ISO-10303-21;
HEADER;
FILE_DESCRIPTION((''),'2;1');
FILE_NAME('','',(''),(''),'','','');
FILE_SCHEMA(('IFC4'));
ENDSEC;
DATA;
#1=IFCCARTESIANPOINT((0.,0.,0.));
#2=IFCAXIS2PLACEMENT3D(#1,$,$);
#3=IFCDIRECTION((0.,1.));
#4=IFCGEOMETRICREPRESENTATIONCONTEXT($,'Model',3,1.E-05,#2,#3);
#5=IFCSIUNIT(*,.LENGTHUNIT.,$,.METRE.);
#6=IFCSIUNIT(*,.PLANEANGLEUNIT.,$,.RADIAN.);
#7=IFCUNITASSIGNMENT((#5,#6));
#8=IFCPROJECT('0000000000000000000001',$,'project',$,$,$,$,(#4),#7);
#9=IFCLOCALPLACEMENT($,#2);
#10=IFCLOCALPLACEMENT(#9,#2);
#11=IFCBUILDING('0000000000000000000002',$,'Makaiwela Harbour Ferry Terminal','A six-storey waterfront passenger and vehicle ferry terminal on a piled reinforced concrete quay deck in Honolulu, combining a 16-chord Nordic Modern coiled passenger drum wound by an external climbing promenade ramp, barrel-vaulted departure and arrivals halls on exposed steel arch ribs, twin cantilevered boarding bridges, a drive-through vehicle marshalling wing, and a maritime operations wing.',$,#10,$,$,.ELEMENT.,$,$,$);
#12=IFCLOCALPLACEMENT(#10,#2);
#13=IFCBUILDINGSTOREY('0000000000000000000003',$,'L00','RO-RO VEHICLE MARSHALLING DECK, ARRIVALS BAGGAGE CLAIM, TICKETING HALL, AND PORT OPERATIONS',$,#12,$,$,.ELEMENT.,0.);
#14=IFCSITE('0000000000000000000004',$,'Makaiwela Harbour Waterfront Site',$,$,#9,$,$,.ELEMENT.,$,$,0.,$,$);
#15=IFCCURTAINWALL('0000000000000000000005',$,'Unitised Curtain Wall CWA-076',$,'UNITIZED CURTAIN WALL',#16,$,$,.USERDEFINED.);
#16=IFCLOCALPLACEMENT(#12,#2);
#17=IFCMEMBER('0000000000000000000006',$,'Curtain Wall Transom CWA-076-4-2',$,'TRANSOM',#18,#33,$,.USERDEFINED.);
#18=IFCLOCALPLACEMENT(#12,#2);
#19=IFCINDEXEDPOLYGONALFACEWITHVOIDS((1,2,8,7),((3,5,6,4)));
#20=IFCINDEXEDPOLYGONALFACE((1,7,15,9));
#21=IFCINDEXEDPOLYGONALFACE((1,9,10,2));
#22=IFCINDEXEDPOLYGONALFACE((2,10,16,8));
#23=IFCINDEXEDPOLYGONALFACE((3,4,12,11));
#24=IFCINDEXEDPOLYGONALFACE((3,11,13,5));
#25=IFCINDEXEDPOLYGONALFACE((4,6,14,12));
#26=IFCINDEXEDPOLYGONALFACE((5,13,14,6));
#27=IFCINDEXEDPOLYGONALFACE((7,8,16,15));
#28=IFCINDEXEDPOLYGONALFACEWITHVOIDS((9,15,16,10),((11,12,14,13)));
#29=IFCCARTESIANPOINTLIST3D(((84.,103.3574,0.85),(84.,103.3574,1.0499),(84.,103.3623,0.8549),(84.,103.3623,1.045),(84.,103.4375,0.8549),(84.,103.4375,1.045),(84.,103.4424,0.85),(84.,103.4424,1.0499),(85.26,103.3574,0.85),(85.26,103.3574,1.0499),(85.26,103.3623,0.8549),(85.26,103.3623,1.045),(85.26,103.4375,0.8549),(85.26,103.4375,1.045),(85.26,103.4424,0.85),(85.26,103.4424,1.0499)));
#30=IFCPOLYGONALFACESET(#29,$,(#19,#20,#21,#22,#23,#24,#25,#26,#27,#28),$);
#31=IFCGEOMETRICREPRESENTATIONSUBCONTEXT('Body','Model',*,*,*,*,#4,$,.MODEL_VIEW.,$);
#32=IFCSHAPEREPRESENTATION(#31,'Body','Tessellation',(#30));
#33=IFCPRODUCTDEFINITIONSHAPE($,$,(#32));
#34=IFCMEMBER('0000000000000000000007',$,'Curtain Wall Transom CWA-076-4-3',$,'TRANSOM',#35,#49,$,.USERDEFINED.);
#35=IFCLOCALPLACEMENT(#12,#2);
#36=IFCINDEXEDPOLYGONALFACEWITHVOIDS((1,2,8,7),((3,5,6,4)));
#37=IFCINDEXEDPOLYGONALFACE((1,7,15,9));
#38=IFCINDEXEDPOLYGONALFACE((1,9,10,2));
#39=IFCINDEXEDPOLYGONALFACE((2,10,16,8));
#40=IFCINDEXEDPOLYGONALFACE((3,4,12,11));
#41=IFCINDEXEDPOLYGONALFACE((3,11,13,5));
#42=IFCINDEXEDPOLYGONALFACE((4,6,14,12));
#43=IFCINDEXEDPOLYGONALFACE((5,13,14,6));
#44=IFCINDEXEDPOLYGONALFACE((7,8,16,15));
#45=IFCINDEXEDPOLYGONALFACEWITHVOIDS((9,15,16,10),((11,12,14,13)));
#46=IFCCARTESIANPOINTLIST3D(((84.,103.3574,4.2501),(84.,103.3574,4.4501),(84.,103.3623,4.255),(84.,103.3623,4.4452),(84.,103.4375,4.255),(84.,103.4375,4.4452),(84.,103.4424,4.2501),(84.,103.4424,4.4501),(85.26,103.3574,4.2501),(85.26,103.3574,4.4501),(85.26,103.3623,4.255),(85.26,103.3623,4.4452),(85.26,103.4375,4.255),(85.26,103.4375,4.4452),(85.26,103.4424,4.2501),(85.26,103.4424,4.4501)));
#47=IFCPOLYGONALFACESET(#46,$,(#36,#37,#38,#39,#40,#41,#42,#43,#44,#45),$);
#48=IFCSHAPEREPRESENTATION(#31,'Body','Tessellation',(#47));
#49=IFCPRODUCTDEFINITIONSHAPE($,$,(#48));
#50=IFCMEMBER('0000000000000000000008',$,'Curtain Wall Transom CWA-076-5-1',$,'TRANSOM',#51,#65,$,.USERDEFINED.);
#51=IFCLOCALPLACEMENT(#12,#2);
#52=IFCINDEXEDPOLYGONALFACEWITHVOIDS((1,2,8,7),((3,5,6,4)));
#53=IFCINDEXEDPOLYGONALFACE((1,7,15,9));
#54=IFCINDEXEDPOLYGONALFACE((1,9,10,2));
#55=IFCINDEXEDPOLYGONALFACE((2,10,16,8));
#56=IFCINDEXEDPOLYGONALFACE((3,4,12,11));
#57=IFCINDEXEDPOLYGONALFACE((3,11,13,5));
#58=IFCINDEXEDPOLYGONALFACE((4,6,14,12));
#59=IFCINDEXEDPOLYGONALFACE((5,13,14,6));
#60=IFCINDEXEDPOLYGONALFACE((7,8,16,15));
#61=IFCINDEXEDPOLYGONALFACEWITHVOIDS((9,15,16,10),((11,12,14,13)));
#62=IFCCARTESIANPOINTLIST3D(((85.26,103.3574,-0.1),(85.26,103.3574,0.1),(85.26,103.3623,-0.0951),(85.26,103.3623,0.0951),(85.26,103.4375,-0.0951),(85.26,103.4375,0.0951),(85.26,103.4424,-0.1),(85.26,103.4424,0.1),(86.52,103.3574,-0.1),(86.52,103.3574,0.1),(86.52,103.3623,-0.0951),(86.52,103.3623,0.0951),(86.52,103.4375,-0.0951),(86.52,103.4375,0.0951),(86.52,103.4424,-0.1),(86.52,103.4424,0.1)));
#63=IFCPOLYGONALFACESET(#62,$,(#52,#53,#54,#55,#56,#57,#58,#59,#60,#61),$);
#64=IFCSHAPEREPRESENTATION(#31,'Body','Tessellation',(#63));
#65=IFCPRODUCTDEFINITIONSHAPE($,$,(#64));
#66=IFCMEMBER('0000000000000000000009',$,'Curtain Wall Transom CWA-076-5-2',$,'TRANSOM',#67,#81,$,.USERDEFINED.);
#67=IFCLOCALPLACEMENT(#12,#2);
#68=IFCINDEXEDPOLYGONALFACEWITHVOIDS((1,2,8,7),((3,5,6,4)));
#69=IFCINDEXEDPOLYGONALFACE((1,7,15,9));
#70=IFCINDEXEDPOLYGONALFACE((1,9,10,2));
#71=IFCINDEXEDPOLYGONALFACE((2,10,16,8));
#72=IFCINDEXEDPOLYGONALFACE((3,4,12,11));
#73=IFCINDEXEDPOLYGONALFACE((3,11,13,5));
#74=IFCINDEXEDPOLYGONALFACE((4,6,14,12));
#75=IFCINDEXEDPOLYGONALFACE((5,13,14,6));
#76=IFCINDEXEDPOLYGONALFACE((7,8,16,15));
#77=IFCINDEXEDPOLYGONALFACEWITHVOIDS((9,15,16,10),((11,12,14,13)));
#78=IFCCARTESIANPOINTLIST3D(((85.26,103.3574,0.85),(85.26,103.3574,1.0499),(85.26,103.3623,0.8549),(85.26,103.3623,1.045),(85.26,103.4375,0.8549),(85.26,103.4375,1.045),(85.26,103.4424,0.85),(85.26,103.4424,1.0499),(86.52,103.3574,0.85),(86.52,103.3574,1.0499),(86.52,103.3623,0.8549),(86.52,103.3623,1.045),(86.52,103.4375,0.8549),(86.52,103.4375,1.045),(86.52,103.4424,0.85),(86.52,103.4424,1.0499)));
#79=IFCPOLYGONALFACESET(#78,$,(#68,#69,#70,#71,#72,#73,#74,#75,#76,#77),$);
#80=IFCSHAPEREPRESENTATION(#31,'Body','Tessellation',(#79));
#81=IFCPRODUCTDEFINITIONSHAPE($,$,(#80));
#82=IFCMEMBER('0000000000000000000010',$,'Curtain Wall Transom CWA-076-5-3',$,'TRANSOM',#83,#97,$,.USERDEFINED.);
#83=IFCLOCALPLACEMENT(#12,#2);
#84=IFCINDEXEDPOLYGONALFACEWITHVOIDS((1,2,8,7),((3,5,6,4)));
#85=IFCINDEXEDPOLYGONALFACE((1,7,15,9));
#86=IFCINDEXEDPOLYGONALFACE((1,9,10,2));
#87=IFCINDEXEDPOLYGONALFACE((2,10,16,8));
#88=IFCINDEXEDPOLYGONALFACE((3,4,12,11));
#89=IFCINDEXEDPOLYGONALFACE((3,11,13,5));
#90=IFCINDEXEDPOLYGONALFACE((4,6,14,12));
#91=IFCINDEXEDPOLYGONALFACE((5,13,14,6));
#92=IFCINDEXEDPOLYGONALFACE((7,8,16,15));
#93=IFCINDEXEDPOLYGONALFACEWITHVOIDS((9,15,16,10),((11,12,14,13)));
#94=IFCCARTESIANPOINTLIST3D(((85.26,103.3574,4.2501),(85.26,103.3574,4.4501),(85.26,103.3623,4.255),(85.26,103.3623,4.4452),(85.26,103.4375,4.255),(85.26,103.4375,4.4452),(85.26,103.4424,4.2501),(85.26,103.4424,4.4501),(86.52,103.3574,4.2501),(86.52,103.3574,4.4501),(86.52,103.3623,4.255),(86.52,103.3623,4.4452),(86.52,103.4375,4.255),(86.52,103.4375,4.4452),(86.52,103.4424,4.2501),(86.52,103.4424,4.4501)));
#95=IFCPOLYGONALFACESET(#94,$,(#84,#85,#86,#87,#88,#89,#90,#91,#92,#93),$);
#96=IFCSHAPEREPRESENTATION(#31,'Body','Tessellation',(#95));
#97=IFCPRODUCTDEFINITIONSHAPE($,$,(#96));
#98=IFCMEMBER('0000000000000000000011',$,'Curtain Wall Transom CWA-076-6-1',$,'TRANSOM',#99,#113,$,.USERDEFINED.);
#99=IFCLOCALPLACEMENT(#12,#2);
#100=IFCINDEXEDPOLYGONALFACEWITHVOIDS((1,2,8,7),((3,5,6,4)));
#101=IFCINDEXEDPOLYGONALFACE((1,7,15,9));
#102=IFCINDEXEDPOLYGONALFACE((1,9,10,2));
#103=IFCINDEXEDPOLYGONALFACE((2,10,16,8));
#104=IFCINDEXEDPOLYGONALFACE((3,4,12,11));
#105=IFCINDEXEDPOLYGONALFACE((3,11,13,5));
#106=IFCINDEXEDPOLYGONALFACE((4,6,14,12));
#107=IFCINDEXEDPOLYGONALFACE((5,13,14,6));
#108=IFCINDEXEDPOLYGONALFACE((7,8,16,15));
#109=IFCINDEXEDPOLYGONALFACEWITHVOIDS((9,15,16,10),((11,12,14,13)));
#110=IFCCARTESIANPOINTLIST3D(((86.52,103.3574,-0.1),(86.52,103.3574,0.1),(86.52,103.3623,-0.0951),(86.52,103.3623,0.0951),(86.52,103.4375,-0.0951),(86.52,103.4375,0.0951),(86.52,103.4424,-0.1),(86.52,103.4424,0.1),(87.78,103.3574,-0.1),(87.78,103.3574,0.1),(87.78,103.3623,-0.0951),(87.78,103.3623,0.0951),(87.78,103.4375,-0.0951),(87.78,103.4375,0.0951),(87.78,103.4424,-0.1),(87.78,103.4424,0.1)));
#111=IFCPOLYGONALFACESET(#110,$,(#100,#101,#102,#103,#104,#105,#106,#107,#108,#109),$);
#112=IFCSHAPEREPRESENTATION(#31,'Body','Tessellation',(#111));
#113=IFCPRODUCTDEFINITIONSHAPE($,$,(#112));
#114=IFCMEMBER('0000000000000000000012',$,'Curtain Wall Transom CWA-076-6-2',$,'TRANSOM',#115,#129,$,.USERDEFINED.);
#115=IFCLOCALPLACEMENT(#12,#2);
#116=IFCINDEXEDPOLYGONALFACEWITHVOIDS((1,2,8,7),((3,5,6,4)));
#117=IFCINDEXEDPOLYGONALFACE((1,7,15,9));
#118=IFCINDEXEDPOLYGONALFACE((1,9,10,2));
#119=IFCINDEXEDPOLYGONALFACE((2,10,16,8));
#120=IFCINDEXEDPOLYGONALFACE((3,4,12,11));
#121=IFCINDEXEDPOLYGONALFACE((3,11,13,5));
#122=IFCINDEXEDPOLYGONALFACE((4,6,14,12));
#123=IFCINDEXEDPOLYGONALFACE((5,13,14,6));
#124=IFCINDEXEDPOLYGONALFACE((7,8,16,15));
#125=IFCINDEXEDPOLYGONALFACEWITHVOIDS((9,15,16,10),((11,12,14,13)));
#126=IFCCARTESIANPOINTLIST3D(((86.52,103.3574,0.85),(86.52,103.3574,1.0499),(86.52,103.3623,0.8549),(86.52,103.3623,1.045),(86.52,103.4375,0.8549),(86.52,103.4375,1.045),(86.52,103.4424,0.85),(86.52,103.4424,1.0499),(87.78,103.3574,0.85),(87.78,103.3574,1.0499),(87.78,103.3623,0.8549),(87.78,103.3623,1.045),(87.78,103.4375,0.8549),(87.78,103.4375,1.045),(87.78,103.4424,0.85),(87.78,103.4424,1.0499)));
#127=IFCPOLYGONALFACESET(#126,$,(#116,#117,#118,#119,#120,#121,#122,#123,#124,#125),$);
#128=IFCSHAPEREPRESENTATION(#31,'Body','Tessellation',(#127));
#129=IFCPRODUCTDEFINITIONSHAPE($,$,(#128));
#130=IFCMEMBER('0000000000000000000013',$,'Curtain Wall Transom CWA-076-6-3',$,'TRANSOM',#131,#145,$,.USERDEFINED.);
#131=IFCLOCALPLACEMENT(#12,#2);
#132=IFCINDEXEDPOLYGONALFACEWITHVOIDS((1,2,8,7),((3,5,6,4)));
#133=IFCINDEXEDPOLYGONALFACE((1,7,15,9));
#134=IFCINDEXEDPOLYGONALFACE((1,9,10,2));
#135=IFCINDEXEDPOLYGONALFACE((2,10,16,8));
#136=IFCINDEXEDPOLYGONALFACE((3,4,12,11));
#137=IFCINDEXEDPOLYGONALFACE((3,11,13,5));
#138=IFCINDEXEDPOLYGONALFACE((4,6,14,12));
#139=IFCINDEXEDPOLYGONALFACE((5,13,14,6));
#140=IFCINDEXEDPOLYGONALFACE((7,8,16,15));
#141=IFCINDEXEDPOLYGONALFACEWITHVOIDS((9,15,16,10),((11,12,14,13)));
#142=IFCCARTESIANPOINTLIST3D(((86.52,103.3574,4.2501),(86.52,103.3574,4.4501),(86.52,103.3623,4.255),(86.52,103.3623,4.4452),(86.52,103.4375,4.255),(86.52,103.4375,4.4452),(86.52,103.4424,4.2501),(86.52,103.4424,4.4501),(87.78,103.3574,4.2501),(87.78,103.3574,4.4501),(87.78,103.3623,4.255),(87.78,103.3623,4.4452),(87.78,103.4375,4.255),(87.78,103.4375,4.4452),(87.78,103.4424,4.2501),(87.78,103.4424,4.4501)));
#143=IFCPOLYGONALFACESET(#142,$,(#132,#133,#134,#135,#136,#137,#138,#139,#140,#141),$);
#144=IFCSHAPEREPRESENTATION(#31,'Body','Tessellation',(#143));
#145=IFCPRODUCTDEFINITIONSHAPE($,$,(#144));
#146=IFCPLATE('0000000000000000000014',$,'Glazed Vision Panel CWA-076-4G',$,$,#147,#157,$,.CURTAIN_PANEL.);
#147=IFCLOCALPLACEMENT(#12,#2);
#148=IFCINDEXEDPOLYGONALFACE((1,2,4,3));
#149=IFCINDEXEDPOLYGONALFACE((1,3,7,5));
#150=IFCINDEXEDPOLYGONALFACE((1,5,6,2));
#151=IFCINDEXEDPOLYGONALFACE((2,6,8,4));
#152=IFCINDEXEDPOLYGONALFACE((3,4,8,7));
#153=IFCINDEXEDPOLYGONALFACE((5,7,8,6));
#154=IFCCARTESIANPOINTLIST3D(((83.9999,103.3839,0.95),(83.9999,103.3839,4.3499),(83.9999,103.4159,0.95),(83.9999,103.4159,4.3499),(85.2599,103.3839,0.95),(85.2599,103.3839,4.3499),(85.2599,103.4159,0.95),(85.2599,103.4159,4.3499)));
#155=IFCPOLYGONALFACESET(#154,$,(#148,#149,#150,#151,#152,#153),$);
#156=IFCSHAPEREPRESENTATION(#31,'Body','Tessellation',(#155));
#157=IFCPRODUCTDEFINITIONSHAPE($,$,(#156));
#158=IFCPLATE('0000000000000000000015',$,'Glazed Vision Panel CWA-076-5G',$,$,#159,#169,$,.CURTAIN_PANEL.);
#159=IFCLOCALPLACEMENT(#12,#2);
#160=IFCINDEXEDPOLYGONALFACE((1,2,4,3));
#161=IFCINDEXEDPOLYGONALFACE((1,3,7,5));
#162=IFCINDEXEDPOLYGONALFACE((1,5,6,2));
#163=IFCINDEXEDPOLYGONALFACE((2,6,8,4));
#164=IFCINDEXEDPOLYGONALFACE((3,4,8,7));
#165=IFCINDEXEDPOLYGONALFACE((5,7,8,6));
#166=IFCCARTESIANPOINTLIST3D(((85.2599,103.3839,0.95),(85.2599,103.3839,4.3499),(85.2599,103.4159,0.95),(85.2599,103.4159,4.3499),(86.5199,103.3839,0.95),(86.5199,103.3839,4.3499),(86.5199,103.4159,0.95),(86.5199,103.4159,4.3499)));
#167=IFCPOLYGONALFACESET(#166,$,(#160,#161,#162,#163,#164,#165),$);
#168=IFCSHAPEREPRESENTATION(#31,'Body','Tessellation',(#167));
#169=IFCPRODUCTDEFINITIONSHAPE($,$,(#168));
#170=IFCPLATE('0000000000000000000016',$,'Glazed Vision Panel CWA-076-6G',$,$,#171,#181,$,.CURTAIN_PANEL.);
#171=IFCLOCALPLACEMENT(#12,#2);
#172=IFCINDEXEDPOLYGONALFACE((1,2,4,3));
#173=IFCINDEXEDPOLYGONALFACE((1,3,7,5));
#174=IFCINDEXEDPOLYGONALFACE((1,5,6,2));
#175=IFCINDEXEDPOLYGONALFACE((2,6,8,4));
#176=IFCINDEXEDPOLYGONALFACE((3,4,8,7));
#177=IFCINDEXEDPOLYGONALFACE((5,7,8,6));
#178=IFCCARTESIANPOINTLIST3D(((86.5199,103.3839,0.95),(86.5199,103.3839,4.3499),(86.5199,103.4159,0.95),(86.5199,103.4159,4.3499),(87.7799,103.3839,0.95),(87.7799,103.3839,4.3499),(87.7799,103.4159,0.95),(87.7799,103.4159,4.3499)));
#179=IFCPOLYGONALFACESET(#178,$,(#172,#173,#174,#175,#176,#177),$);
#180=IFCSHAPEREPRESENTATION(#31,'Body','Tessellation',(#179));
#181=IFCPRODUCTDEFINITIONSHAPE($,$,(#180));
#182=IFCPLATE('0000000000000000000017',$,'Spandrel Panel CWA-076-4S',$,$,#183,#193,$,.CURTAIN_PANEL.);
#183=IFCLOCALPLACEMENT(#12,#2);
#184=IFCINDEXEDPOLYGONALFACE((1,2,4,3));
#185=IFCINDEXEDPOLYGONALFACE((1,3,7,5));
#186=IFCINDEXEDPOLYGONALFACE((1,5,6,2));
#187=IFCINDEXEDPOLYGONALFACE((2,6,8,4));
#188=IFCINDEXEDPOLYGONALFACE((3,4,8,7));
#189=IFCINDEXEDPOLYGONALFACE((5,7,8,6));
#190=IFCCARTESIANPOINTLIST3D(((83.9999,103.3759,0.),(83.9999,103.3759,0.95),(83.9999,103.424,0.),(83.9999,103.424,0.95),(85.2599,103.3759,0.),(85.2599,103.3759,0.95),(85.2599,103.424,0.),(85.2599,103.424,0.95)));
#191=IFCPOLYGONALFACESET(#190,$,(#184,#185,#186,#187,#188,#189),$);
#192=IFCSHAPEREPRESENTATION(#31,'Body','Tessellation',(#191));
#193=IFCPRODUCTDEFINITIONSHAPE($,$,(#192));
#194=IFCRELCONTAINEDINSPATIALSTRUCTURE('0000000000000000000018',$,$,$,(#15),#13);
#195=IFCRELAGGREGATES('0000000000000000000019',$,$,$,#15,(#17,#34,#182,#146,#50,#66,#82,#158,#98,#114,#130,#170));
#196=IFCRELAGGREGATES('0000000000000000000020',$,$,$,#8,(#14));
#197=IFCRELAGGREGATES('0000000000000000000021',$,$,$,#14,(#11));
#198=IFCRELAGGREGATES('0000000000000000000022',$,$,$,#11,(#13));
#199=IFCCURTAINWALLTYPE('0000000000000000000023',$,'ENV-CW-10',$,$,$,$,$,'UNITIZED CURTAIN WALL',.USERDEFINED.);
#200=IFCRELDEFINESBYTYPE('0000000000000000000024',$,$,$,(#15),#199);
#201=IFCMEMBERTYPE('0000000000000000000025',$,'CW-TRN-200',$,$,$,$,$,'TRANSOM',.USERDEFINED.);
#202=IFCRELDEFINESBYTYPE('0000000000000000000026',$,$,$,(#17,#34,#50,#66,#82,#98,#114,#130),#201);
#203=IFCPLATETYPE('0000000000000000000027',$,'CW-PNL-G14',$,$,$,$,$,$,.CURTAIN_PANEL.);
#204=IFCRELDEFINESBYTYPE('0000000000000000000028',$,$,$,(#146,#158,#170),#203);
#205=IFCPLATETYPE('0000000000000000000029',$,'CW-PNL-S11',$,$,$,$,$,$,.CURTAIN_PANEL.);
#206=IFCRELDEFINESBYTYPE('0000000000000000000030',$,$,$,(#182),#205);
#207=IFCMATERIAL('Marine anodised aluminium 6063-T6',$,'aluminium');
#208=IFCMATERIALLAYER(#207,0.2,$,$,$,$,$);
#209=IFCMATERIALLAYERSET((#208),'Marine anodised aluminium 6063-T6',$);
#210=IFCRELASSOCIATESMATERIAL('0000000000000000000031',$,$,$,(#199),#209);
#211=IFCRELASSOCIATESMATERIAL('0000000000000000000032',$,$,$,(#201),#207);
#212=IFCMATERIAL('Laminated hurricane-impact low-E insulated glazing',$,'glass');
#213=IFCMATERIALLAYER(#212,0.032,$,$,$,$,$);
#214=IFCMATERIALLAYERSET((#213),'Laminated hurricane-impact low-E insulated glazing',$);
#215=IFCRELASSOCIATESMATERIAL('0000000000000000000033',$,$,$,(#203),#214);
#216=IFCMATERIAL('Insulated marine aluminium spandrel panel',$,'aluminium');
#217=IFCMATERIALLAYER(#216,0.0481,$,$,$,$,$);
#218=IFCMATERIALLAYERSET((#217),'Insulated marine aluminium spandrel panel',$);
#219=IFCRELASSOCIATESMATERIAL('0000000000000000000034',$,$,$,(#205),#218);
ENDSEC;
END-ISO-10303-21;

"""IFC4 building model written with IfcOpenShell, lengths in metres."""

from ifc_helpers import new_model, si_unit, direction, frame, origin, origin_2d, place, context, subcontext, project, spatial, rectangle, hollow_rectangle, extrude, material, layer, layer_set, material_profile, profile_set, type_object, element, aggregate, save


model = new_model("IFC4")

# Units and contexts
model_context = context("Model", 3, precision=1e-05, world=origin(), true_north=direction((0.0, 1.0)))
body_context = subcontext(model_context, "Body", "Model", "MODEL_VIEW")
ifc_project = project(units=[si_unit("LENGTHUNIT", "METRE"), si_unit("PLANEANGLEUNIT", "RADIAN")], contexts=[model_context])

# Site, building, storey
site_placement = place(None, origin())
site = spatial("IfcSite", under=ifc_project, at=site_placement, Name="Makaiwela Harbour Waterfront Site", CompositionType="ELEMENT", RefElevation=0.0)
building_placement = place(site_placement, origin())
building = spatial("IfcBuilding", under=site, at=building_placement, Name="Makaiwela Harbour Ferry Terminal", Description="A six-storey waterfront passenger and vehicle ferry terminal on a piled reinforced concrete quay deck in Honolulu, combining a 16-chord Nordic Modern coiled passenger drum wound by an external climbing promenade ramp, barrel-vaulted departure and arrivals halls on exposed steel arch ribs, twin cantilevered boarding bridges, a drive-through vehicle marshalling wing, and a maritime operations wing.", CompositionType="ELEMENT")
storey_placement = place(building_placement, origin())
storey = spatial("IfcBuildingStorey", under=building, at=storey_placement, Name="L00", Description="RO-RO VEHICLE MARSHALLING DECK, ARRIVALS BAGGAGE CLAIM, TICKETING HALL, AND PORT OPERATIONS", CompositionType="ELEMENT", Elevation=0.0)

# Curtain wall, members, plates
ifc_material_1 = material(Name="Marine anodised aluminium 6063-T6", Category="aluminium")
ifc_layer_1 = layer(ifc_material_1, 0.2)
ifc_layer_set_1 = layer_set([ifc_layer_1], Name="Marine anodised aluminium 6063-T6")
curtain_wall_type = type_object("IfcCurtainWallType", Name="ENV-CW-10", ElementType="UNITIZED CURTAIN WALL", PredefinedType="USERDEFINED", material=ifc_layer_set_1)
curtain_wall_placement = place(storey_placement, origin())
curtain_wall = element("IfcCurtainWall", 1, at=curtain_wall_placement, inside=storey, type_object=curtain_wall_type, Name="Unitised Curtain Wall CWA-076", ObjectType="UNITIZED CURTAIN WALL", PredefinedType="USERDEFINED")
ifc_material_profile_1 = material_profile(ifc_material_1, hollow_rectangle(XDim=0.085, YDim=0.2, WallThickness=0.0049, at=origin_2d()), Name="CWT-200X85")
ifc_profile_set_1 = profile_set([ifc_material_profile_1], Name="Marine anodised aluminium 6063-T6")
member_type_1 = type_object("IfcMemberType", Name="CW-TRN-200", ElementType="TRANSOM", PredefinedType="USERDEFINED", material=ifc_profile_set_1)
member_1_placement = place(storey_placement, frame((84.0, 103.3999, 0.95), z_axis=(1.0, 0.0, 0.0), x_axis=(0.0, 1.0, 0.0)))
member_1 = element("IfcMember", 2, at=member_1_placement, type_object=member_type_1, Name="Curtain Wall Transom CWA-076-4-2", ObjectType="TRANSOM", PredefinedType="USERDEFINED", context=body_context, shape_type="SweptSolid", body=[
    extrude(hollow_rectangle(XDim=0.085, YDim=0.2, WallThickness=0.0049, at=origin_2d()), origin(), (0.0, 0.0, 1.0), 1.26),
])
member_2_placement = place(storey_placement, frame((84.0, 103.3999, 4.3501), z_axis=(1.0, 0.0, 0.0), x_axis=(0.0, 1.0, 0.0)))
member_2 = element("IfcMember", 3, at=member_2_placement, type_object=member_type_1, Name="Curtain Wall Transom CWA-076-4-3", ObjectType="TRANSOM", PredefinedType="USERDEFINED", context=body_context, shape_type="SweptSolid", body=[
    extrude(hollow_rectangle(XDim=0.085, YDim=0.2, WallThickness=0.0049, at=origin_2d()), origin(), (0.0, 0.0, 1.0), 1.26),
])
member_3_placement = place(storey_placement, frame((85.26, 103.3999, 0.0), z_axis=(1.0, 0.0, 0.0), x_axis=(0.0, 1.0, 0.0)))
member_3 = element("IfcMember", 4, at=member_3_placement, type_object=member_type_1, Name="Curtain Wall Transom CWA-076-5-1", ObjectType="TRANSOM", PredefinedType="USERDEFINED", context=body_context, shape_type="SweptSolid", body=[
    extrude(hollow_rectangle(XDim=0.085, YDim=0.2, WallThickness=0.0049, at=origin_2d()), origin(), (0.0, 0.0, 1.0), 1.26),
])
member_4_placement = place(storey_placement, frame((85.26, 103.3999, 0.95), z_axis=(1.0, 0.0, 0.0), x_axis=(0.0, 1.0, 0.0)))
member_4 = element("IfcMember", 5, at=member_4_placement, type_object=member_type_1, Name="Curtain Wall Transom CWA-076-5-2", ObjectType="TRANSOM", PredefinedType="USERDEFINED", context=body_context, shape_type="SweptSolid", body=[
    extrude(hollow_rectangle(XDim=0.085, YDim=0.2, WallThickness=0.0049, at=origin_2d()), origin(), (0.0, 0.0, 1.0), 1.26),
])
member_5_placement = place(storey_placement, frame((85.26, 103.3999, 4.3501), z_axis=(1.0, 0.0, 0.0), x_axis=(0.0, 1.0, 0.0)))
member_5 = element("IfcMember", 6, at=member_5_placement, type_object=member_type_1, Name="Curtain Wall Transom CWA-076-5-3", ObjectType="TRANSOM", PredefinedType="USERDEFINED", context=body_context, shape_type="SweptSolid", body=[
    extrude(hollow_rectangle(XDim=0.085, YDim=0.2, WallThickness=0.0049, at=origin_2d()), origin(), (0.0, 0.0, 1.0), 1.26),
])
member_6_placement = place(storey_placement, frame((86.52, 103.3999, 0.0), z_axis=(1.0, 0.0, 0.0), x_axis=(0.0, 1.0, 0.0)))
member_6 = element("IfcMember", 7, at=member_6_placement, type_object=member_type_1, Name="Curtain Wall Transom CWA-076-6-1", ObjectType="TRANSOM", PredefinedType="USERDEFINED", context=body_context, shape_type="SweptSolid", body=[
    extrude(hollow_rectangle(XDim=0.085, YDim=0.2, WallThickness=0.0049, at=origin_2d()), origin(), (0.0, 0.0, 1.0), 1.26),
])
member_7_placement = place(storey_placement, frame((86.52, 103.3999, 0.95), z_axis=(1.0, 0.0, 0.0), x_axis=(0.0, 1.0, 0.0)))
member_7 = element("IfcMember", 8, at=member_7_placement, type_object=member_type_1, Name="Curtain Wall Transom CWA-076-6-2", ObjectType="TRANSOM", PredefinedType="USERDEFINED", context=body_context, shape_type="SweptSolid", body=[
    extrude(hollow_rectangle(XDim=0.085, YDim=0.2, WallThickness=0.0049, at=origin_2d()), origin(), (0.0, 0.0, 1.0), 1.26),
])
member_8_placement = place(storey_placement, frame((86.52, 103.3999, 4.3501), z_axis=(1.0, 0.0, 0.0), x_axis=(0.0, 1.0, 0.0)))
member_8 = element("IfcMember", 9, at=member_8_placement, type_object=member_type_1, Name="Curtain Wall Transom CWA-076-6-3", ObjectType="TRANSOM", PredefinedType="USERDEFINED", context=body_context, shape_type="SweptSolid", body=[
    extrude(hollow_rectangle(XDim=0.085, YDim=0.2, WallThickness=0.0049, at=origin_2d()), origin(), (0.0, 0.0, 1.0), 1.26),
])
ifc_material_2 = material(Name="Laminated hurricane-impact low-E insulated glazing", Category="glass")
ifc_layer_2 = layer(ifc_material_2, 0.032)
ifc_layer_set_2 = layer_set([ifc_layer_2], Name="Laminated hurricane-impact low-E insulated glazing")
plate_type_1 = type_object("IfcPlateType", Name="CW-PNL-G14", PredefinedType="CURTAIN_PANEL", material=ifc_layer_set_2)
plate_1_placement = place(storey_placement, frame((84.6299, 103.3999, 0.95), z_axis=(0.0, 0.0, 1.0), x_axis=(1.0, 0.0, 0.0)))
plate_1 = element("IfcPlate", 10, at=plate_1_placement, type_object=plate_type_1, Name="Glazed Vision Panel CWA-076-4G", PredefinedType="CURTAIN_PANEL", context=body_context, shape_type="SweptSolid", body=[
    extrude(rectangle(XDim=1.26, YDim=0.032, at=origin_2d()), origin(), (0.0, 0.0, 1.0), 3.3999),
])
plate_2_placement = place(storey_placement, frame((85.8899, 103.3999, 0.95), z_axis=(0.0, 0.0, 1.0), x_axis=(1.0, 0.0, 0.0)))
plate_2 = element("IfcPlate", 11, at=plate_2_placement, type_object=plate_type_1, Name="Glazed Vision Panel CWA-076-5G", PredefinedType="CURTAIN_PANEL", context=body_context, shape_type="SweptSolid", body=[
    extrude(rectangle(XDim=1.26, YDim=0.032, at=origin_2d()), origin(), (0.0, 0.0, 1.0), 3.3999),
])
plate_3_placement = place(storey_placement, frame((87.1499, 103.3999, 0.95), z_axis=(0.0, 0.0, 1.0), x_axis=(1.0, 0.0, 0.0)))
plate_3 = element("IfcPlate", 12, at=plate_3_placement, type_object=plate_type_1, Name="Glazed Vision Panel CWA-076-6G", PredefinedType="CURTAIN_PANEL", context=body_context, shape_type="SweptSolid", body=[
    extrude(rectangle(XDim=1.26, YDim=0.032, at=origin_2d()), origin(), (0.0, 0.0, 1.0), 3.3999),
])
ifc_material_3 = material(Name="Insulated marine aluminium spandrel panel", Category="aluminium")
ifc_layer_3 = layer(ifc_material_3, 0.0481)
ifc_layer_set_3 = layer_set([ifc_layer_3], Name="Insulated marine aluminium spandrel panel")
plate_type_2 = type_object("IfcPlateType", Name="CW-PNL-S11", PredefinedType="CURTAIN_PANEL", material=ifc_layer_set_3)
plate_4_placement = place(storey_placement, frame((84.6299, 103.3999, 0.0), z_axis=(0.0, 0.0, 1.0), x_axis=(1.0, 0.0, 0.0)))
plate_4 = element("IfcPlate", 13, at=plate_4_placement, type_object=plate_type_2, Name="Spandrel Panel CWA-076-4S", PredefinedType="CURTAIN_PANEL", context=body_context, shape_type="SweptSolid", body=[
    extrude(rectangle(XDim=1.26, YDim=0.0481, at=origin_2d()), origin(), (0.0, 0.0, 1.0), 0.95),
])
aggregate(curtain_wall, [member_1, member_2, plate_4, plate_1, member_3, member_4, member_5, plate_2, member_6, member_7, member_8, plate_3])

save(model, "model.ifc")
